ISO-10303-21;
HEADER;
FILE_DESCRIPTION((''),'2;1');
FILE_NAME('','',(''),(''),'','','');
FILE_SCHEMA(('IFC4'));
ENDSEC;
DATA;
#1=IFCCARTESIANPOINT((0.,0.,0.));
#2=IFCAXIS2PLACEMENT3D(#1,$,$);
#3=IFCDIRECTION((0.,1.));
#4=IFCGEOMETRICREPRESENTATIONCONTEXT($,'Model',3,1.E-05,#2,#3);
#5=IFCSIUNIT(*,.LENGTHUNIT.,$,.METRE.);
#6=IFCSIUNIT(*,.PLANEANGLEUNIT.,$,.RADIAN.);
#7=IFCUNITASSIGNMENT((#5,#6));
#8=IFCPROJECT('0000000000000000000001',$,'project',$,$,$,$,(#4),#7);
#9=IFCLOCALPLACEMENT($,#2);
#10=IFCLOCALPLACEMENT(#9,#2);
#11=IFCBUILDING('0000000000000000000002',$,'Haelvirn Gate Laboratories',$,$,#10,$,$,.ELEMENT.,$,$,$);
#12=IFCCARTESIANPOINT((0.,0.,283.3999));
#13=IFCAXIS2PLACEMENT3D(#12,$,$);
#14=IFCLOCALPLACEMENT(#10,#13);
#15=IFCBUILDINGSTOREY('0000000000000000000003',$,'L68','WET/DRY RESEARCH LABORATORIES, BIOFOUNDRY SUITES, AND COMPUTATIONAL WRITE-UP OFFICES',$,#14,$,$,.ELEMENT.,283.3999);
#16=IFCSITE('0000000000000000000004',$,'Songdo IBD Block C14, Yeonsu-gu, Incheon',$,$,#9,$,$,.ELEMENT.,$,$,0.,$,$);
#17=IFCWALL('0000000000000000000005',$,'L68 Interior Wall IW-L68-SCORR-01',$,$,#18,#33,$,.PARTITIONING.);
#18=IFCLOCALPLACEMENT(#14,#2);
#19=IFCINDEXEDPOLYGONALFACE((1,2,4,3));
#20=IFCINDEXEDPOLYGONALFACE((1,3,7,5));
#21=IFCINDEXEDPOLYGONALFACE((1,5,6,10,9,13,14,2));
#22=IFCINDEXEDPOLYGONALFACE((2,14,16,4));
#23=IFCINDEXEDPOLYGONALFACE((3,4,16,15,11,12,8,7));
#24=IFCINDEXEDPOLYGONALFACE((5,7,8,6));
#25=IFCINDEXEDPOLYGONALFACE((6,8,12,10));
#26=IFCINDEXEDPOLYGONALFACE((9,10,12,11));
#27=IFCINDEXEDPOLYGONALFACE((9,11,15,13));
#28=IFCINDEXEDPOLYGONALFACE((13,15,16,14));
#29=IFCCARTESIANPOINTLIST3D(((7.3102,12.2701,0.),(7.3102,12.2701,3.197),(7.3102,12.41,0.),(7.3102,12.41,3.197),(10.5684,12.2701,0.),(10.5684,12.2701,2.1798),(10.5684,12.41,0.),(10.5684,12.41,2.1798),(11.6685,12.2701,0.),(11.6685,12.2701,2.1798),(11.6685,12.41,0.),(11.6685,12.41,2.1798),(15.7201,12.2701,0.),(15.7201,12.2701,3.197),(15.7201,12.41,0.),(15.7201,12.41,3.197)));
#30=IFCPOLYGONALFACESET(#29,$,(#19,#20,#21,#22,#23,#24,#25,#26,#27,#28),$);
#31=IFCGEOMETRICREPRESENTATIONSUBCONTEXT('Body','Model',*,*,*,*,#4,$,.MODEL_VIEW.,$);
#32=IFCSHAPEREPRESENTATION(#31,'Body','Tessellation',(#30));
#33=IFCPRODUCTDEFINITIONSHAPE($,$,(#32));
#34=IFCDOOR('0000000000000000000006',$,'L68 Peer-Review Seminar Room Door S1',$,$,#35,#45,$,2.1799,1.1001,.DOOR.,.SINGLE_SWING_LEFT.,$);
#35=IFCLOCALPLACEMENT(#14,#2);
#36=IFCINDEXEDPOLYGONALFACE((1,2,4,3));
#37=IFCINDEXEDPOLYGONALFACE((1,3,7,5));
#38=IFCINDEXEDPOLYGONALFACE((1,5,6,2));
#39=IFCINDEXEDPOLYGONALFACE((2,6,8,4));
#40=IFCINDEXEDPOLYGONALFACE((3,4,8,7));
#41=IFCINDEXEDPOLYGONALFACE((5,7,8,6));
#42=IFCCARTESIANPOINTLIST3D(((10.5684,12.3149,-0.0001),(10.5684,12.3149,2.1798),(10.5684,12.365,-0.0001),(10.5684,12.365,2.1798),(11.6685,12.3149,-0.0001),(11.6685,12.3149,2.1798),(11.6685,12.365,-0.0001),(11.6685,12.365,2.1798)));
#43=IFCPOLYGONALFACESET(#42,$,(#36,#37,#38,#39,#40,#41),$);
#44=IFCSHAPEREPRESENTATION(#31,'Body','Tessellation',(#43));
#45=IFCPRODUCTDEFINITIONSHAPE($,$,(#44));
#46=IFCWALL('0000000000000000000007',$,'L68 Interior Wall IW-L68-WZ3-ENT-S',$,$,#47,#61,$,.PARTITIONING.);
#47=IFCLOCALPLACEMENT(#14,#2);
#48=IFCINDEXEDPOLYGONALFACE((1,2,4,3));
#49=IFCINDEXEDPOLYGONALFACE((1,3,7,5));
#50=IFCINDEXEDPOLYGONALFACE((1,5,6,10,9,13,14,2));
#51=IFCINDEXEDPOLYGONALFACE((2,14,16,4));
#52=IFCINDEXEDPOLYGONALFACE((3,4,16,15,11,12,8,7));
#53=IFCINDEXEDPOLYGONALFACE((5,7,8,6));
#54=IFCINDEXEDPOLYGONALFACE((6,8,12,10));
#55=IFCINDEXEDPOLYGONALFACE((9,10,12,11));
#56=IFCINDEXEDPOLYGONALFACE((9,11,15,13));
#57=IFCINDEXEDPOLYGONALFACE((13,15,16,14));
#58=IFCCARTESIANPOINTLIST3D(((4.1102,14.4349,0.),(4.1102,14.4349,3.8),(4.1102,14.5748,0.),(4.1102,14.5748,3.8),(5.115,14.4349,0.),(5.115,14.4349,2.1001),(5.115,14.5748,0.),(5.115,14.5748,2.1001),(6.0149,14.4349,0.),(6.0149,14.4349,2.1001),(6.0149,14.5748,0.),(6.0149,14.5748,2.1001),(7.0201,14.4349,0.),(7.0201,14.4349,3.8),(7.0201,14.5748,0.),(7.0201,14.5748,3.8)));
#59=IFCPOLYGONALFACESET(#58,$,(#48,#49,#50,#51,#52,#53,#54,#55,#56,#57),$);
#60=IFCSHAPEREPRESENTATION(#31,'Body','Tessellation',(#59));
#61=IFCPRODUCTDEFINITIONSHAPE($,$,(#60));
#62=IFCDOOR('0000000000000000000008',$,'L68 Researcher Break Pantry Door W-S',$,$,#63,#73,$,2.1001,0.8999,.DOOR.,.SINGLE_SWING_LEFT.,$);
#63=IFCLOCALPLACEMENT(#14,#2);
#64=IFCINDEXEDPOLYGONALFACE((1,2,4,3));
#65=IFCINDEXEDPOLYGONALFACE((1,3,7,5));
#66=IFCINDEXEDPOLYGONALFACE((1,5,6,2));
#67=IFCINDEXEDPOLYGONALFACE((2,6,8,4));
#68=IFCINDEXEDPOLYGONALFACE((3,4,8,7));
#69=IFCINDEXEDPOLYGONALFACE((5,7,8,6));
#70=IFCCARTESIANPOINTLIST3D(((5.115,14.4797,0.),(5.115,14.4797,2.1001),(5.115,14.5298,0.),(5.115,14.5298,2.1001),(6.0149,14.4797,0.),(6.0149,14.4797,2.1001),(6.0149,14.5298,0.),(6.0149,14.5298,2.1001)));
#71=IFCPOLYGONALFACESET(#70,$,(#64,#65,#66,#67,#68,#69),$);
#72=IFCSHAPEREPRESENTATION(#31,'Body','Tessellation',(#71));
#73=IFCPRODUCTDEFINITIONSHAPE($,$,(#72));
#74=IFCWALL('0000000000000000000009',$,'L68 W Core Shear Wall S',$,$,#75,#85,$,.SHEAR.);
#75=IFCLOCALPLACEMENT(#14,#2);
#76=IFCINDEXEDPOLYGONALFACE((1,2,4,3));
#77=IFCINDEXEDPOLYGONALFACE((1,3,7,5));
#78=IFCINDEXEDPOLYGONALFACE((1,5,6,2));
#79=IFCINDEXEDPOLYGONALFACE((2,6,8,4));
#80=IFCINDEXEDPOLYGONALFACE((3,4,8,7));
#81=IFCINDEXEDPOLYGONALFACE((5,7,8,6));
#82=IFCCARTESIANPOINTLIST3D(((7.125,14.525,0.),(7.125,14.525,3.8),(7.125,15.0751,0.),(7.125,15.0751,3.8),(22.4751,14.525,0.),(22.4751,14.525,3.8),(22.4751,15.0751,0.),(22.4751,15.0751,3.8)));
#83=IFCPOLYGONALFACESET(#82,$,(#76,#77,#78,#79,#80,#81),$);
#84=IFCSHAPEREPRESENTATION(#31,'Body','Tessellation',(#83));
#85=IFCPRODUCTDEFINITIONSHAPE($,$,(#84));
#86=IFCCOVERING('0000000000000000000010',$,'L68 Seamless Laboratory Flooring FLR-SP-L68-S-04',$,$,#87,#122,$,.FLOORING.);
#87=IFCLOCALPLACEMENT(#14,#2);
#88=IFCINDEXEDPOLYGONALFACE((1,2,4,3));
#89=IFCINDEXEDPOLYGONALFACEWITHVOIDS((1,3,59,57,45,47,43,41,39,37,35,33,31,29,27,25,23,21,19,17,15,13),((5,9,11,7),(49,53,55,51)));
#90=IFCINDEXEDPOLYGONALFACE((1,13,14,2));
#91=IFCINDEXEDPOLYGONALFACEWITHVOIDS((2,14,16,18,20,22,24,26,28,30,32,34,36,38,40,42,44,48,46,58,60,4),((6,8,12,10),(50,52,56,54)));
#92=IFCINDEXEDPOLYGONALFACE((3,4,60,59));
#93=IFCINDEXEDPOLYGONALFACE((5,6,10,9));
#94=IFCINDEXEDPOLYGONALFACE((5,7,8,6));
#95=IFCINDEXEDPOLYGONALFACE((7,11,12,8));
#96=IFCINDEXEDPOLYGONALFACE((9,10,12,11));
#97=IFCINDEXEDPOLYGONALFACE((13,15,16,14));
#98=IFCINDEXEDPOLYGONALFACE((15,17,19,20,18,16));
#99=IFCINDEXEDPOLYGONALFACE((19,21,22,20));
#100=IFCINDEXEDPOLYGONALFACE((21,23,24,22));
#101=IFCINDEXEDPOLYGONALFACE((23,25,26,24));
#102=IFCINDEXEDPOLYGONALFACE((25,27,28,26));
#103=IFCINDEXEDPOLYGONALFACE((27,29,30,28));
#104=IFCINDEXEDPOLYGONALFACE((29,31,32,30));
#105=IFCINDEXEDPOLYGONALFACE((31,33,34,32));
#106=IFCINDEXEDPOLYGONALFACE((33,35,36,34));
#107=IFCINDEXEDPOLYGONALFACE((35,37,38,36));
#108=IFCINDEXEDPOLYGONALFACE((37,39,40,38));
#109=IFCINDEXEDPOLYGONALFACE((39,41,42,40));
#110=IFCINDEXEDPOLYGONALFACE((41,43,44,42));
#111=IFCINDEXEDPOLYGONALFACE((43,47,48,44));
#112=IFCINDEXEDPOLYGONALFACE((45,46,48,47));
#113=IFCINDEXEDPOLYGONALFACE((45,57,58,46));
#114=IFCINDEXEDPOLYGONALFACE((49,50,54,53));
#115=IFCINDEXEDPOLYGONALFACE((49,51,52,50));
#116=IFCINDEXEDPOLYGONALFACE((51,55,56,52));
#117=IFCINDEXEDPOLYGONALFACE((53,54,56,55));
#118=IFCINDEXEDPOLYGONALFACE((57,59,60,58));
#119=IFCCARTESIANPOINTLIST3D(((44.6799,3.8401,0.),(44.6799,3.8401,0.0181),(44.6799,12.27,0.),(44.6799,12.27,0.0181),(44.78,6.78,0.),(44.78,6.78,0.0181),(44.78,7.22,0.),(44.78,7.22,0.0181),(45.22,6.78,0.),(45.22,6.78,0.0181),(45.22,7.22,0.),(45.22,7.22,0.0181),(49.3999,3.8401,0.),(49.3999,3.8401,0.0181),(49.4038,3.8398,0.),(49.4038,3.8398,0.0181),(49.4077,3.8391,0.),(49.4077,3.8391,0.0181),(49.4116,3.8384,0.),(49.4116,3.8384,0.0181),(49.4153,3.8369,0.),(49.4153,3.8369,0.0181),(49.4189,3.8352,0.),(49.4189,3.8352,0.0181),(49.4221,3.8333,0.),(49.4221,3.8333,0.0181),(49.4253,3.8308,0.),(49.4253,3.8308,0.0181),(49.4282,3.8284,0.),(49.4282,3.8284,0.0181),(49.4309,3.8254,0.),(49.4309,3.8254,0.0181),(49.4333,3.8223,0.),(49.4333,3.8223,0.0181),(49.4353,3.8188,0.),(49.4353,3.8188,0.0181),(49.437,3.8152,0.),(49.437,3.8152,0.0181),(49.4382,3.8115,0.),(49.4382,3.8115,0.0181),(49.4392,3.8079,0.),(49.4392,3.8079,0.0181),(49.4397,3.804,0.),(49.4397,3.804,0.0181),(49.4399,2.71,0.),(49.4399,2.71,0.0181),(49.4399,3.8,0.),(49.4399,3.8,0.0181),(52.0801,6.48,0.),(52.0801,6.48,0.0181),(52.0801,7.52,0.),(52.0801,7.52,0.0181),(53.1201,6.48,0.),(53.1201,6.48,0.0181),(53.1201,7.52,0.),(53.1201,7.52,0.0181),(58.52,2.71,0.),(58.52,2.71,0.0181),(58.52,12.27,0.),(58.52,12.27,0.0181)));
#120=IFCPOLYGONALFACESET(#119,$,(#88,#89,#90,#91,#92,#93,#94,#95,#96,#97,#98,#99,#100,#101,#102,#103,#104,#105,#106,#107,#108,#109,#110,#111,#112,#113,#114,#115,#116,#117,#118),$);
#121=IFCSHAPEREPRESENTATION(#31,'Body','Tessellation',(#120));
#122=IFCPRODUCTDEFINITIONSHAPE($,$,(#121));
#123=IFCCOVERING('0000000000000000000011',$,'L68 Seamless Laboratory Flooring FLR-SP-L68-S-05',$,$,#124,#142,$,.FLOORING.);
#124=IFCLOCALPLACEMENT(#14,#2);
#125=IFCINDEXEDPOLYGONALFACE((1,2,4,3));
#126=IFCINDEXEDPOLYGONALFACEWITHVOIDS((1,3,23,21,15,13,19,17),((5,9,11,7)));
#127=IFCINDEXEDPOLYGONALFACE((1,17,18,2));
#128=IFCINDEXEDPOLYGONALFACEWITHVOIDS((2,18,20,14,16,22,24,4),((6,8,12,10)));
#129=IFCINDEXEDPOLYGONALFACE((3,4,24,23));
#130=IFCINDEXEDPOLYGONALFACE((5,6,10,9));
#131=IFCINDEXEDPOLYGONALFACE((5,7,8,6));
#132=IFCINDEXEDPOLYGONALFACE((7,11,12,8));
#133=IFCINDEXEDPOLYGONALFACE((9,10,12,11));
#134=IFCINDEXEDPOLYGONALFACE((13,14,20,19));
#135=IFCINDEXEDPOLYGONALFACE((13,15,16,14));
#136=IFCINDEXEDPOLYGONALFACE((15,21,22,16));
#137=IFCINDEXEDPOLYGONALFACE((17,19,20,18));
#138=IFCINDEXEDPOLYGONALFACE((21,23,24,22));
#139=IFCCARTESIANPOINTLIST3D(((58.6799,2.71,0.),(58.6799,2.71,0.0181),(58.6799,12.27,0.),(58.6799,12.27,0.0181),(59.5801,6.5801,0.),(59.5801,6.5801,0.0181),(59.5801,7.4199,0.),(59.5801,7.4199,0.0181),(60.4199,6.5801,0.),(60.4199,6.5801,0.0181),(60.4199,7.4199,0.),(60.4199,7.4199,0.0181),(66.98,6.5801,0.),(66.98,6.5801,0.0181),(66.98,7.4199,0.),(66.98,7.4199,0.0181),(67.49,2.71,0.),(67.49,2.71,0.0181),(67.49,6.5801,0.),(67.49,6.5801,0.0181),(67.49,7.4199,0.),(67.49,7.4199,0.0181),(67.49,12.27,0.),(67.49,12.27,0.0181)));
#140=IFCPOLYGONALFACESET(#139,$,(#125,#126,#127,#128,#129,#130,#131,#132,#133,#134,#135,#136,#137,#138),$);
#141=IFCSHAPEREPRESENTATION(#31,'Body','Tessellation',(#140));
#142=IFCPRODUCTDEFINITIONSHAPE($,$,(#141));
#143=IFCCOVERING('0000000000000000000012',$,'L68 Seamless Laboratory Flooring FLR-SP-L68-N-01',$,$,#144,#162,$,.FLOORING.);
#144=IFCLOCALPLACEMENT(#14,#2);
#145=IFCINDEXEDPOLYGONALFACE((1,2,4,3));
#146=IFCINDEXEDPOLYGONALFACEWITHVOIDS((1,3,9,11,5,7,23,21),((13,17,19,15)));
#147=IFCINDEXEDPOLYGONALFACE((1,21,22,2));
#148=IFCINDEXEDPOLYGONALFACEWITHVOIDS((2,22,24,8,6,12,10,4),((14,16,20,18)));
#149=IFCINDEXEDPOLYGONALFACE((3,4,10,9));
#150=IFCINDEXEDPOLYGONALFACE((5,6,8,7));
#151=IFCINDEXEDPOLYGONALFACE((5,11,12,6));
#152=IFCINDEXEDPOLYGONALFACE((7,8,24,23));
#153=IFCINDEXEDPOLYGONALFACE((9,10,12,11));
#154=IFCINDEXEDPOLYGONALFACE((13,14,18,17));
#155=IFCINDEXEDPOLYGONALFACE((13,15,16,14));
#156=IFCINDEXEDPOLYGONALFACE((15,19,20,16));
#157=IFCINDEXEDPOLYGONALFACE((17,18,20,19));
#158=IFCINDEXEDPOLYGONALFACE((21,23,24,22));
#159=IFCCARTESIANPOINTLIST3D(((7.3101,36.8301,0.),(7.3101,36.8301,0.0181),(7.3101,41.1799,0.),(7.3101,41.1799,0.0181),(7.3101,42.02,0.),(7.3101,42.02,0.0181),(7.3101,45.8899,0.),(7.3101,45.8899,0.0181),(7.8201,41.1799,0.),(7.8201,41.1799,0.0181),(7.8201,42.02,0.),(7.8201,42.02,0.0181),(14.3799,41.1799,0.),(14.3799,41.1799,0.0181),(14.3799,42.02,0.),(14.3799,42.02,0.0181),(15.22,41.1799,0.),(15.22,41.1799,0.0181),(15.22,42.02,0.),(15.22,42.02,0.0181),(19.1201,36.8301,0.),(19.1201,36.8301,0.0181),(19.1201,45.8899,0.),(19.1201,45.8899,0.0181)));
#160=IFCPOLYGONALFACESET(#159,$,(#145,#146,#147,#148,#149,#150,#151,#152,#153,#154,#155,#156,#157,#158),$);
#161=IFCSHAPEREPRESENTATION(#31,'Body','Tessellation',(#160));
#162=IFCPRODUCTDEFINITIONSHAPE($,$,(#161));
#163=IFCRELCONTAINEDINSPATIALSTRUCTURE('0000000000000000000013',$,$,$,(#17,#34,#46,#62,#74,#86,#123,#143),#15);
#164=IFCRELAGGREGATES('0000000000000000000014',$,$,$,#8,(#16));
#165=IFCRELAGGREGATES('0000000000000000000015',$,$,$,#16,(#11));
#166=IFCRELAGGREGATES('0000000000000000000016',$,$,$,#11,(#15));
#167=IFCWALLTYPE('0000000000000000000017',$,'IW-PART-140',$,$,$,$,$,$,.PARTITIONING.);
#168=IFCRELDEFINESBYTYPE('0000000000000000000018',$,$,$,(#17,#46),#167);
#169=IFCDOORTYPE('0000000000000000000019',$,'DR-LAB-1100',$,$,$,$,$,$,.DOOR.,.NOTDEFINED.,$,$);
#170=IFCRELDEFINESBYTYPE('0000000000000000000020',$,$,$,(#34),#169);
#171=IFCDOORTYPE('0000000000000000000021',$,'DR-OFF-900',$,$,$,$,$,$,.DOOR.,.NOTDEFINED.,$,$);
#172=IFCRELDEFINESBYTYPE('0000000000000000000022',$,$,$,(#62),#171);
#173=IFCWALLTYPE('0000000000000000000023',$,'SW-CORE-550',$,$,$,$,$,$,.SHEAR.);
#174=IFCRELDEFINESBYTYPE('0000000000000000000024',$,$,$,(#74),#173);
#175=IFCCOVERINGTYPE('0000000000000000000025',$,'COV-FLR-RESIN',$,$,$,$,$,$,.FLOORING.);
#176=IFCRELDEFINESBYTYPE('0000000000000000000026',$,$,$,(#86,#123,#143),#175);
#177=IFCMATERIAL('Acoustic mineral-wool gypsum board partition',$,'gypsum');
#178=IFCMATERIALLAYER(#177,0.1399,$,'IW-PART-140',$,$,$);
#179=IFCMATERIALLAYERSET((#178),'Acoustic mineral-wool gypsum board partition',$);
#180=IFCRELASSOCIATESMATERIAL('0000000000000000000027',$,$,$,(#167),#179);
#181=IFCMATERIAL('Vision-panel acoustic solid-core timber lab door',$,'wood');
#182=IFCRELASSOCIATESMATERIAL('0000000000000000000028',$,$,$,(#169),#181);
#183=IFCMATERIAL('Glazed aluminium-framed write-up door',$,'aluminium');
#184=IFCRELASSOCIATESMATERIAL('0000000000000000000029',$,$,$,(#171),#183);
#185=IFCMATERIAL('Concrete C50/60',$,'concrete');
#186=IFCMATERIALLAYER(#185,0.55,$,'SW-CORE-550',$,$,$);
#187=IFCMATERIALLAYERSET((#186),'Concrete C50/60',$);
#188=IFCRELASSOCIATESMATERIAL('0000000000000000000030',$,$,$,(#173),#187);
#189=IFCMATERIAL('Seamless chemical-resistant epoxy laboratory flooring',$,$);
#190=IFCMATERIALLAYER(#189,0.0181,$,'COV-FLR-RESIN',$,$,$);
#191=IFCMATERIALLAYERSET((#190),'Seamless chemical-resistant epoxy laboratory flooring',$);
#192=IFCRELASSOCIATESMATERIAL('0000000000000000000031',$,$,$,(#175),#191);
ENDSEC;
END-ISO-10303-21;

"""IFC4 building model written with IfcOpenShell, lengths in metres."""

from ifc_helpers import new_model, si_unit, direction, frame, frame_2d, origin, place, context, subcontext, project, spatial, polyline, rectangle, outline, extrude, source, transform, mapped, material, layer, layer_set, type_object, type_shapes, element, fill, save


model = new_model("IFC4")

# Units and contexts
model_context = context("Model", 3, precision=1e-05, world=origin(), true_north=direction((0.0, 1.0)))
body_context = subcontext(model_context, "Body", "Model", "MODEL_VIEW")
ifc_project = project(units=[si_unit("LENGTHUNIT", "METRE"), si_unit("PLANEANGLEUNIT", "RADIAN")], contexts=[model_context])

# Site, building, storey
site_placement = place(None, origin())
site = spatial("IfcSite", under=ifc_project, at=site_placement, Name="Songdo IBD Block C14, Yeonsu-gu, Incheon", CompositionType="ELEMENT", RefElevation=0.0)
building_placement = place(site_placement, origin())
building = spatial("IfcBuilding", under=site, at=building_placement, Name="Haelvirn Gate Laboratories", CompositionType="ELEMENT")
storey_placement = place(building_placement, frame((0.0, 0.0, 283.3999)))
storey = spatial("IfcBuildingStorey", under=building, at=storey_placement, Name="L68", Description="WET/DRY RESEARCH LABORATORIES, BIOFOUNDRY SUITES, AND COMPUTATIONAL WRITE-UP OFFICES", CompositionType="ELEMENT", Elevation=283.3999)

# Walls, openings, doors
ifc_material_1 = material(Name="Acoustic mineral-wool gypsum board partition", Category="gypsum")
ifc_layer_1 = layer(ifc_material_1, 0.1399, Name="IW-PART-140")
ifc_layer_set_1 = layer_set([ifc_layer_1], Name="Acoustic mineral-wool gypsum board partition")
wall_type_1 = type_object("IfcWallType", Name="IW-PART-140", PredefinedType="PARTITIONING", material=ifc_layer_set_1)
wall_1_placement = place(storey_placement, frame((7.3101, 12.3401, 0.0), z_axis=(0.0, 0.0, 1.0), x_axis=(1.0, 0.0, 0.0)))
wall_1 = element("IfcWall", 1, at=wall_1_placement, inside=storey, type_object=wall_type_1, Name="L68 Interior Wall IW-L68-SCORR-01", PredefinedType="PARTITIONING", context=body_context, shape_type="SweptSolid", body=[
    extrude(rectangle(XDim=8.4099, YDim=0.1399, at=frame_2d((4.2051, 0.0))), origin(), (0.0, 0.0, 1.0), 3.197),
])
opening_1_placement = place(wall_1_placement, frame((3.2583, 0.0, 0.0)))
opening_1 = element("IfcOpeningElement", 2, at=opening_1_placement, cuts=wall_1, PredefinedType="OPENING", context=body_context, shape_type="SweptSolid", body=[
    extrude(rectangle(XDim=1.1001, YDim=2.1799, at=frame_2d((0.55, 1.0898))), frame((0.0, 0.0801, 0.0), z_axis=(0.0, -1.0, 0.0), x_axis=(1.0, 0.0, 0.0)), (0.0, 0.0, 1.0), 0.1599),
])
ifc_material_2 = material(Name="Vision-panel acoustic solid-core timber lab door", Category="wood")
door_type_1 = type_object("IfcDoorType", Name="DR-LAB-1100", OperationType="NOTDEFINED", PredefinedType="DOOR", material=ifc_material_2)
shared_shape_1 = source(origin(), body_context, "Body", "SweptSolid", [
    extrude(rectangle(XDim=1.1001, YDim=2.1799, at=frame_2d((0.55, 1.0898))), frame((0.0, 0.0249, 0.0), z_axis=(0.0, -1.0, 0.0), x_axis=(1.0, 0.0, 0.0)), (0.0, 0.0, 1.0), 0.05),
])
type_shapes(door_type_1, [shared_shape_1])
door_1_placement = place(opening_1_placement, origin())
door_1 = element("IfcDoor", 3, at=door_1_placement, inside=storey, type_object=door_type_1, Name="L68 Peer-Review Seminar Room Door S1", OperationType="SINGLE_SWING_LEFT", OverallHeight=2.1799, OverallWidth=1.1001, PredefinedType="DOOR", context=body_context, shape_type="MappedRepresentation", body=[
    mapped(shared_shape_1, transform((0.0, 0.0, 0.0), scale=1.0)),
])
fill(opening_1, door_1)
wall_2_placement = place(storey_placement, frame((4.1101, 14.5049, 0.0), z_axis=(0.0, 0.0, 1.0), x_axis=(1.0, 0.0, 0.0)))
wall_2 = element("IfcWall", 4, at=wall_2_placement, inside=storey, type_object=wall_type_1, Name="L68 Interior Wall IW-L68-WZ3-ENT-S", PredefinedType="PARTITIONING", context=body_context, shape_type="SweptSolid", body=[
    extrude(rectangle(XDim=2.9099, YDim=0.1399, at=frame_2d((1.4551, 0.0))), origin(), (0.0, 0.0, 1.0), 3.8),
])
opening_2_placement = place(wall_2_placement, frame((1.0049, 0.0, 0.0)))
opening_2 = element("IfcOpeningElement", 5, at=opening_2_placement, cuts=wall_2, PredefinedType="OPENING", context=body_context, shape_type="SweptSolid", body=[
    extrude(rectangle(XDim=0.8999, YDim=2.1001, at=frame_2d((0.45, 1.05))), frame((0.0, 0.0801, 0.0), z_axis=(0.0, -1.0, 0.0), x_axis=(1.0, 0.0, 0.0)), (0.0, 0.0, 1.0), 0.1599),
])
ifc_material_3 = material(Name="Glazed aluminium-framed write-up door", Category="aluminium")
door_type_2 = type_object("IfcDoorType", Name="DR-OFF-900", OperationType="NOTDEFINED", PredefinedType="DOOR", material=ifc_material_3)
shared_shape_2 = source(origin(), body_context, "Body", "SweptSolid", [
    extrude(rectangle(XDim=0.8999, YDim=2.1001, at=frame_2d((0.45, 1.05))), frame((0.0, 0.0249, 0.0), z_axis=(0.0, -1.0, 0.0), x_axis=(1.0, 0.0, 0.0)), (0.0, 0.0, 1.0), 0.05),
])
type_shapes(door_type_2, [shared_shape_2])
door_2_placement = place(opening_2_placement, origin())
door_2 = element("IfcDoor", 6, at=door_2_placement, inside=storey, type_object=door_type_2, Name="L68 Researcher Break Pantry Door W-S", OperationType="SINGLE_SWING_LEFT", OverallHeight=2.1001, OverallWidth=0.8999, PredefinedType="DOOR", context=body_context, shape_type="MappedRepresentation", body=[
    mapped(shared_shape_2, transform((0.0, 0.0, 0.0), scale=1.0)),
])
fill(opening_2, door_2)

# Wall
ifc_material_4 = material(Name="Concrete C50/60", Category="concrete")
ifc_layer_2 = layer(ifc_material_4, 0.55, Name="SW-CORE-550")
ifc_layer_set_2 = layer_set([ifc_layer_2], Name="Concrete C50/60")
wall_type_2 = type_object("IfcWallType", Name="SW-CORE-550", PredefinedType="SHEAR", material=ifc_layer_set_2)
wall_3_placement = place(storey_placement, frame((7.125, 14.8, 0.0), z_axis=(0.0, 0.0, 1.0), x_axis=(1.0, 0.0, 0.0)))
element("IfcWall", 7, at=wall_3_placement, inside=storey, type_object=wall_type_2, Name="L68 W Core Shear Wall S", PredefinedType="SHEAR", context=body_context, shape_type="SweptSolid", body=[
    extrude(rectangle(XDim=15.3501, YDim=0.55, at=frame_2d((7.675, 0.0))), origin(), (0.0, 0.0, 1.0), 3.8),
])

# Coverings
ifc_material_5 = material(Name="Seamless chemical-resistant epoxy laboratory flooring")
ifc_layer_3 = layer(ifc_material_5, 0.0181, Name="COV-FLR-RESIN")
ifc_layer_set_3 = layer_set([ifc_layer_3], Name="Seamless chemical-resistant epoxy laboratory flooring")
covering_type = type_object("IfcCoveringType", Name="COV-FLR-RESIN", PredefinedType="FLOORING", material=ifc_layer_set_3)
covering_1_placement = place(storey_placement, origin())
element("IfcCovering", 8, at=covering_1_placement, inside=storey, type_object=covering_type, Name="L68 Seamless Laboratory Flooring FLR-SP-L68-S-04", PredefinedType="FLOORING", context=body_context, shape_type="SweptSolid", body=[
    extrude(outline(polyline([(49.4399, 2.71), (49.4399, 3.8), (49.4397, 3.804), (49.4392, 3.8079), (49.4382, 3.8115), (49.437, 3.8152), (49.4353, 3.8188), (49.4333, 3.8223), (49.4309, 3.8254), (49.4282, 3.8284), (49.4253, 3.8308), (49.4221, 3.8333), (49.4189, 3.8352), (49.4153, 3.8369), (49.4116, 3.8384), (49.4077, 3.8391), (49.4038, 3.8398), (49.3999, 3.8401), (44.6799, 3.8401), (44.6799, 12.27), (58.52, 12.27), (58.52, 2.71), (49.4399, 2.71)]), holes=[polyline([(52.0801, 6.48), (53.1201, 6.48), (53.1201, 7.52), (52.0801, 7.52), (52.0801, 6.48)]), polyline([(44.78, 7.22), (44.78, 6.78), (45.22, 6.78), (45.22, 7.22), (44.78, 7.22)])]), origin(), (0.0, 0.0, 1.0), 0.0181),
])
covering_2_placement = place(storey_placement, origin())
element("IfcCovering", 9, at=covering_2_placement, inside=storey, type_object=covering_type, Name="L68 Seamless Laboratory Flooring FLR-SP-L68-S-05", PredefinedType="FLOORING", context=body_context, shape_type="SweptSolid", body=[
    extrude(outline(polyline([(67.49, 7.4199), (66.98, 7.4199), (66.98, 6.5801), (67.49, 6.5801), (67.49, 2.71), (58.6799, 2.71), (58.6799, 12.27), (67.49, 12.27), (67.49, 7.4199)]), holes=[polyline([(59.5801, 6.5801), (60.4199, 6.5801), (60.4199, 7.4199), (59.5801, 7.4199), (59.5801, 6.5801)])]), origin(), (0.0, 0.0, 1.0), 0.0181),
])
covering_3_placement = place(storey_placement, origin())
element("IfcCovering", 10, at=covering_3_placement, inside=storey, type_object=covering_type, Name="L68 Seamless Laboratory Flooring FLR-SP-L68-N-01", PredefinedType="FLOORING", context=body_context, shape_type="SweptSolid", body=[
    extrude(outline(polyline([(19.1201, 36.8301), (7.3101, 36.8301), (7.3101, 41.1799), (7.8201, 41.1799), (7.8201, 42.02), (7.3101, 42.02), (7.3101, 45.8899), (19.1201, 45.8899), (19.1201, 36.8301)]), holes=[polyline([(14.3799, 41.1799), (15.22, 41.1799), (15.22, 42.02), (14.3799, 42.02), (14.3799, 41.1799)])]), origin(), (0.0, 0.0, 1.0), 0.0181),
])

save(model, "model.ifc")
